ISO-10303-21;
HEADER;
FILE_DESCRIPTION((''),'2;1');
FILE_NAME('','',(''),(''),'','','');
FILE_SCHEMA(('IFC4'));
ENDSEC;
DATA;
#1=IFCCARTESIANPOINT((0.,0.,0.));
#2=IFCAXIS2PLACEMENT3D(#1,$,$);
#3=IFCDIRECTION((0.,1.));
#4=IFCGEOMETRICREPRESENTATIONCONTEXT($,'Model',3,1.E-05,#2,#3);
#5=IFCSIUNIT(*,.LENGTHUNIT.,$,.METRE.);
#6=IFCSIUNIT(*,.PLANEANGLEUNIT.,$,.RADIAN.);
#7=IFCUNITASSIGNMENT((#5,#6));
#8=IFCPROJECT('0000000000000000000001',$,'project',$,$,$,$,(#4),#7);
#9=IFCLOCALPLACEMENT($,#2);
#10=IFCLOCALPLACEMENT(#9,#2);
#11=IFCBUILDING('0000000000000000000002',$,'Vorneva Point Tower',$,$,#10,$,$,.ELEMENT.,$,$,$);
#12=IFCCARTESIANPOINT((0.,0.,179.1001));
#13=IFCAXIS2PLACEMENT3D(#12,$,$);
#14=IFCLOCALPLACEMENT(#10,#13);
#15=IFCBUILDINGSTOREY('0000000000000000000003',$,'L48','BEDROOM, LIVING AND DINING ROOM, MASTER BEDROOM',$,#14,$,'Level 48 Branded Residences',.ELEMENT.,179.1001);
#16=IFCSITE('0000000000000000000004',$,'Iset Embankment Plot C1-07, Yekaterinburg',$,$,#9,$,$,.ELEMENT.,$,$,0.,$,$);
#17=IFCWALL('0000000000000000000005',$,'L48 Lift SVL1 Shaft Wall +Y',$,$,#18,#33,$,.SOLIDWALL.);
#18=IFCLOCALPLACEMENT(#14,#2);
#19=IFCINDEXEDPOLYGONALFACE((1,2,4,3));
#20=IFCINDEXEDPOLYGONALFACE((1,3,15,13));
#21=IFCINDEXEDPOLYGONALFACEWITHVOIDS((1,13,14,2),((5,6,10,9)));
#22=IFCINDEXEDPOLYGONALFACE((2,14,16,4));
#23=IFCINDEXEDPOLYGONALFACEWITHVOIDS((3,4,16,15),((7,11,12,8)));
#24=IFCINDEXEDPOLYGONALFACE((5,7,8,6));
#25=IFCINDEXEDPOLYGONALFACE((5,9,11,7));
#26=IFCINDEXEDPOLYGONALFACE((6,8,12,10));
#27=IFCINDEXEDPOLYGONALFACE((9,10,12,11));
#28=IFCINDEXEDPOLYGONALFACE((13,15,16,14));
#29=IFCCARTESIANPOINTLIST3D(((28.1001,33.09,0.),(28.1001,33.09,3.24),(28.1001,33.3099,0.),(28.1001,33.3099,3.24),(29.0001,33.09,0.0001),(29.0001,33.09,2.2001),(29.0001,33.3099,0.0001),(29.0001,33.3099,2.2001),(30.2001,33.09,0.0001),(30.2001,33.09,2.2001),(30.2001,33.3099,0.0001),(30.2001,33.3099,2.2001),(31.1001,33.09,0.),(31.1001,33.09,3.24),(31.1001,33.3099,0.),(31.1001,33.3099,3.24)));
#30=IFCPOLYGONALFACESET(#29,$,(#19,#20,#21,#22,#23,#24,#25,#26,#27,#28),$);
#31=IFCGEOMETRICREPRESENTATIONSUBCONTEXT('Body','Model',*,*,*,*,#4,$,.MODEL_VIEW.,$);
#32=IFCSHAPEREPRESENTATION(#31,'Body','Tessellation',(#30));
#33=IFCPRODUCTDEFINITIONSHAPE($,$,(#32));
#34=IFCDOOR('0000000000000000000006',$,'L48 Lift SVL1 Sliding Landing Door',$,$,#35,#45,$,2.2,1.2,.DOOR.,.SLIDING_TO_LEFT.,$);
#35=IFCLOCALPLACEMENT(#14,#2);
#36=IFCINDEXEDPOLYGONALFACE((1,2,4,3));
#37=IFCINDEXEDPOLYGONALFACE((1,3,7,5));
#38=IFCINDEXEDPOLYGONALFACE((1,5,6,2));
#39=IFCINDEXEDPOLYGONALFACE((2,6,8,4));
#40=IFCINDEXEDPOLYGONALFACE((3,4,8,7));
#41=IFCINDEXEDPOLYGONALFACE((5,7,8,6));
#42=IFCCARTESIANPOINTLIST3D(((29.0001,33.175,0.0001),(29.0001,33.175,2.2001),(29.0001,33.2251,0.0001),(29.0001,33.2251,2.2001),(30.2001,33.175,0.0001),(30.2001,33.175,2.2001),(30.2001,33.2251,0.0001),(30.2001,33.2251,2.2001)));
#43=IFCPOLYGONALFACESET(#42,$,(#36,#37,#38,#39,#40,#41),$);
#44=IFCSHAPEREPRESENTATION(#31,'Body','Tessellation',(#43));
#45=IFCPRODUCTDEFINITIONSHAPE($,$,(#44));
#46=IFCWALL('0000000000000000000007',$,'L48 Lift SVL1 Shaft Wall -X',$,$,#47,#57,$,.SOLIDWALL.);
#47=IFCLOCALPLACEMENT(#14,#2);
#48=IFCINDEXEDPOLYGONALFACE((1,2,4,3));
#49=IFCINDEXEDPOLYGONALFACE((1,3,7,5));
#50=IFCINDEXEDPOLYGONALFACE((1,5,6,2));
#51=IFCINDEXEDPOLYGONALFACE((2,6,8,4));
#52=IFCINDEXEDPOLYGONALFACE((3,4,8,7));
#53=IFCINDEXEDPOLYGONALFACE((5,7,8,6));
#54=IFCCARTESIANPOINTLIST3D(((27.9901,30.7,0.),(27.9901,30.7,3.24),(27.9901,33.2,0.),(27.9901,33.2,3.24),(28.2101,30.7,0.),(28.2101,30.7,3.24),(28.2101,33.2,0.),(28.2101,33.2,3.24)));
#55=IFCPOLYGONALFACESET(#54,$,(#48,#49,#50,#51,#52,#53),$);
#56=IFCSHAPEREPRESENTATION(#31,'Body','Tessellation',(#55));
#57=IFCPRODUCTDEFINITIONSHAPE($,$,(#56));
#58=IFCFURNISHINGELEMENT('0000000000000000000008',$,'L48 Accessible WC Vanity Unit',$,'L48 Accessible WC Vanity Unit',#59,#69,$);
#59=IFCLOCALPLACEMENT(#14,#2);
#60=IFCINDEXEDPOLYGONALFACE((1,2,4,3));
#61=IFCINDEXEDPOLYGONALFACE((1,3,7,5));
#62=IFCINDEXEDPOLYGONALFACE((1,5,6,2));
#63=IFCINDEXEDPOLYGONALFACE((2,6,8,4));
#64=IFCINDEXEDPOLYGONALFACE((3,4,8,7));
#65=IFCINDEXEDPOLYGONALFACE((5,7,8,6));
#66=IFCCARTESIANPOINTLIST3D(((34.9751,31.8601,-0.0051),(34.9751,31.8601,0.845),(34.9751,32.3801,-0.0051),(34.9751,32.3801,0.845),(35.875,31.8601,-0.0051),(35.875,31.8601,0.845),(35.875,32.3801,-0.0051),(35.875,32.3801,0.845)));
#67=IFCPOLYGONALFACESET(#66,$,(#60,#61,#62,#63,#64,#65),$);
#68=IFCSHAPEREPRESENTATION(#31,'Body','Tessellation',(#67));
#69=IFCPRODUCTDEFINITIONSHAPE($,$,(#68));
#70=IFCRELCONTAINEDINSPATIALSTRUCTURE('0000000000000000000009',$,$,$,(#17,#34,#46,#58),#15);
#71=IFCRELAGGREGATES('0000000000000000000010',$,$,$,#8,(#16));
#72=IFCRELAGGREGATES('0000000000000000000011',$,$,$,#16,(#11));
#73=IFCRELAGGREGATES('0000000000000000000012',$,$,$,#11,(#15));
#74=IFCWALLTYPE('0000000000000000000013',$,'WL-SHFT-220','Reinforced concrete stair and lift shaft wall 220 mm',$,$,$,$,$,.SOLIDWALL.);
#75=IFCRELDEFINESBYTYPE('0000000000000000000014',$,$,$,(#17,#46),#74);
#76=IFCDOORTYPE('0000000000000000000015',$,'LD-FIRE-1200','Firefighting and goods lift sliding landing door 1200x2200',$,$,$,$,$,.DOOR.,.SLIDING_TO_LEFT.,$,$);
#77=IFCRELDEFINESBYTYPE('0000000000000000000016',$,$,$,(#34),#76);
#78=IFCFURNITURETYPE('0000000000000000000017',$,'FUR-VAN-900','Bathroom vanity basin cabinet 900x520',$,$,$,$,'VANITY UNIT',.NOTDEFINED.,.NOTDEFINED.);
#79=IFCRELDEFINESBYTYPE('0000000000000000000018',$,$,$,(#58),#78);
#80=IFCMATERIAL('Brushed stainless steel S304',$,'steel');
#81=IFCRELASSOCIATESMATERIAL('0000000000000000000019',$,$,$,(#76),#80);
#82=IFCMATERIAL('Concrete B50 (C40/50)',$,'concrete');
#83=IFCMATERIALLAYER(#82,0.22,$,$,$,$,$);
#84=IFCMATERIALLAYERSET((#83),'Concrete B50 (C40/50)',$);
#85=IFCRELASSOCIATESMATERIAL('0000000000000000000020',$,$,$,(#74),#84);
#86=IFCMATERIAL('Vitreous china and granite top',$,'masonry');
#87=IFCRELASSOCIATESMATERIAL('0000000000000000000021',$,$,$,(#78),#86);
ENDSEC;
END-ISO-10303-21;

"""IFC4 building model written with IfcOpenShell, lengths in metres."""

from ifc_helpers import new_model, si_unit, direction, frame, frame_2d, origin, origin_2d, place, context, subcontext, project, spatial, rectangle, extrude, material, layer, layer_set, type_object, element, fill, save


model = new_model("IFC4")

# Units and contexts
model_context = context("Model", 3, precision=1e-05, world=origin(), true_north=direction((0.0, 1.0)))
body_context = subcontext(model_context, "Body", "Model", "MODEL_VIEW")
ifc_project = project(units=[si_unit("LENGTHUNIT", "METRE"), si_unit("PLANEANGLEUNIT", "RADIAN")], contexts=[model_context])

# Site, building, storey
site_placement = place(None, origin())
site = spatial("IfcSite", under=ifc_project, at=site_placement, Name="Iset Embankment Plot C1-07, Yekaterinburg", CompositionType="ELEMENT", RefElevation=0.0)
building_placement = place(site_placement, origin())
building = spatial("IfcBuilding", under=site, at=building_placement, Name="Vorneva Point Tower", CompositionType="ELEMENT")
storey_placement = place(building_placement, frame((0.0, 0.0, 179.1001)))
storey = spatial("IfcBuildingStorey", under=building, at=storey_placement, Name="L48", Description="BEDROOM, LIVING AND DINING ROOM, MASTER BEDROOM", LongName="Level 48 Branded Residences", CompositionType="ELEMENT", Elevation=179.1001)

# Shared definitions
ifc_material_1 = material(Name="Concrete B50 (C40/50)", Category="concrete")

# Shared definitions
ifc_material_2 = material(Name="Brushed stainless steel S304", Category="steel")
door_type_1 = type_object("IfcDoorType", Name="LD-FIRE-1200", Description="Firefighting and goods lift sliding landing door 1200x2200", OperationType="SLIDING_TO_LEFT", PredefinedType="DOOR", material=ifc_material_2)

# Shared definitions
ifc_layer_1 = layer(ifc_material_1, 0.22)
ifc_layer_set_1 = layer_set([ifc_layer_1], Name="Concrete B50 (C40/50)")
wall_type_1 = type_object("IfcWallType", Name="WL-SHFT-220", Description="Reinforced concrete stair and lift shaft wall 220 mm", PredefinedType="SOLIDWALL", material=ifc_layer_set_1)

# Wall, opening, door
wall_1_placement = place(storey_placement, frame((31.1001, 33.2, 0.0), z_axis=(0.0, 0.0, 1.0), x_axis=(-1.0, 0.0, 0.0)))
wall_1 = element("IfcWall", 1, at=wall_1_placement, inside=storey, type_object=wall_type_1, Name="L48 Lift SVL1 Shaft Wall +Y", PredefinedType="SOLIDWALL", context=body_context, shape_type="SweptSolid", body=[
    extrude(rectangle(XDim=3.0, YDim=0.22, at=frame_2d((1.5, 0.0))), origin(), (0.0, 0.0, 1.0), 3.24),
])
opening_1_placement = place(wall_1_placement, frame((0.8999, 0.0, 0.0)))
opening_1 = element("IfcOpeningElement", 2, at=opening_1_placement, cuts=wall_1, PredefinedType="OPENING", context=body_context, shape_type="SweptSolid", body=[
    extrude(rectangle(XDim=1.2, YDim=2.2, at=frame_2d((0.6001, 1.1001))), frame((0.0, 0.125, 0.0), z_axis=(0.0, -1.0, 0.0), x_axis=(1.0, 0.0, 0.0)), (0.0, 0.0, 1.0), 0.2498),
])
door_1_placement = place(opening_1_placement, origin())
door_1 = element("IfcDoor", 3, at=door_1_placement, inside=storey, type_object=door_type_1, Name="L48 Lift SVL1 Sliding Landing Door", OperationType="SLIDING_TO_LEFT", OverallHeight=2.2, OverallWidth=1.2, PredefinedType="DOOR", context=body_context, shape_type="SweptSolid", body=[
    extrude(rectangle(XDim=1.2, YDim=2.2, at=frame_2d((0.6001, 1.1001))), frame((0.0, 0.0249, 0.0), z_axis=(0.0, -1.0, 0.0), x_axis=(1.0, 0.0, 0.0)), (0.0, 0.0, 1.0), 0.05),
])
fill(opening_1, door_1)

# Wall
wall_2_placement = place(storey_placement, frame((28.1001, 33.2, 0.0), z_axis=(0.0, 0.0, 1.0), x_axis=(0.0, -1.0, 0.0)))
element("IfcWall", 4, at=wall_2_placement, inside=storey, type_object=wall_type_1, Name="L48 Lift SVL1 Shaft Wall -X", PredefinedType="SOLIDWALL", context=body_context, shape_type="SweptSolid", body=[
    extrude(rectangle(XDim=2.5, YDim=0.22, at=frame_2d((1.25, 0.0))), origin(), (0.0, 0.0, 1.0), 3.24),
])

# Furnishing element
ifc_material_3 = material(Name="Vitreous china and granite top", Category="masonry")
furniture_type = type_object("IfcFurnitureType", Name="FUR-VAN-900", Description="Bathroom vanity basin cabinet 900x520", ElementType="VANITY UNIT", AssemblyPlace="NOTDEFINED", PredefinedType="NOTDEFINED", material=ifc_material_3)
furnishing_placement = place(storey_placement, frame((35.425, 32.1201, -0.0051), z_axis=(0.0, 0.0, 1.0), x_axis=(1.0, 0.0, 0.0)))
element("IfcFurnishingElement", 5, at=furnishing_placement, inside=storey, type_object=furniture_type, Name="L48 Accessible WC Vanity Unit", ObjectType="L48 Accessible WC Vanity Unit", context=body_context, shape_type="SweptSolid", body=[
    extrude(rectangle(XDim=0.8999, YDim=0.52, at=origin_2d()), origin(), (0.0, 0.0, 1.0), 0.8501),
])

save(model, "model.ifc")
